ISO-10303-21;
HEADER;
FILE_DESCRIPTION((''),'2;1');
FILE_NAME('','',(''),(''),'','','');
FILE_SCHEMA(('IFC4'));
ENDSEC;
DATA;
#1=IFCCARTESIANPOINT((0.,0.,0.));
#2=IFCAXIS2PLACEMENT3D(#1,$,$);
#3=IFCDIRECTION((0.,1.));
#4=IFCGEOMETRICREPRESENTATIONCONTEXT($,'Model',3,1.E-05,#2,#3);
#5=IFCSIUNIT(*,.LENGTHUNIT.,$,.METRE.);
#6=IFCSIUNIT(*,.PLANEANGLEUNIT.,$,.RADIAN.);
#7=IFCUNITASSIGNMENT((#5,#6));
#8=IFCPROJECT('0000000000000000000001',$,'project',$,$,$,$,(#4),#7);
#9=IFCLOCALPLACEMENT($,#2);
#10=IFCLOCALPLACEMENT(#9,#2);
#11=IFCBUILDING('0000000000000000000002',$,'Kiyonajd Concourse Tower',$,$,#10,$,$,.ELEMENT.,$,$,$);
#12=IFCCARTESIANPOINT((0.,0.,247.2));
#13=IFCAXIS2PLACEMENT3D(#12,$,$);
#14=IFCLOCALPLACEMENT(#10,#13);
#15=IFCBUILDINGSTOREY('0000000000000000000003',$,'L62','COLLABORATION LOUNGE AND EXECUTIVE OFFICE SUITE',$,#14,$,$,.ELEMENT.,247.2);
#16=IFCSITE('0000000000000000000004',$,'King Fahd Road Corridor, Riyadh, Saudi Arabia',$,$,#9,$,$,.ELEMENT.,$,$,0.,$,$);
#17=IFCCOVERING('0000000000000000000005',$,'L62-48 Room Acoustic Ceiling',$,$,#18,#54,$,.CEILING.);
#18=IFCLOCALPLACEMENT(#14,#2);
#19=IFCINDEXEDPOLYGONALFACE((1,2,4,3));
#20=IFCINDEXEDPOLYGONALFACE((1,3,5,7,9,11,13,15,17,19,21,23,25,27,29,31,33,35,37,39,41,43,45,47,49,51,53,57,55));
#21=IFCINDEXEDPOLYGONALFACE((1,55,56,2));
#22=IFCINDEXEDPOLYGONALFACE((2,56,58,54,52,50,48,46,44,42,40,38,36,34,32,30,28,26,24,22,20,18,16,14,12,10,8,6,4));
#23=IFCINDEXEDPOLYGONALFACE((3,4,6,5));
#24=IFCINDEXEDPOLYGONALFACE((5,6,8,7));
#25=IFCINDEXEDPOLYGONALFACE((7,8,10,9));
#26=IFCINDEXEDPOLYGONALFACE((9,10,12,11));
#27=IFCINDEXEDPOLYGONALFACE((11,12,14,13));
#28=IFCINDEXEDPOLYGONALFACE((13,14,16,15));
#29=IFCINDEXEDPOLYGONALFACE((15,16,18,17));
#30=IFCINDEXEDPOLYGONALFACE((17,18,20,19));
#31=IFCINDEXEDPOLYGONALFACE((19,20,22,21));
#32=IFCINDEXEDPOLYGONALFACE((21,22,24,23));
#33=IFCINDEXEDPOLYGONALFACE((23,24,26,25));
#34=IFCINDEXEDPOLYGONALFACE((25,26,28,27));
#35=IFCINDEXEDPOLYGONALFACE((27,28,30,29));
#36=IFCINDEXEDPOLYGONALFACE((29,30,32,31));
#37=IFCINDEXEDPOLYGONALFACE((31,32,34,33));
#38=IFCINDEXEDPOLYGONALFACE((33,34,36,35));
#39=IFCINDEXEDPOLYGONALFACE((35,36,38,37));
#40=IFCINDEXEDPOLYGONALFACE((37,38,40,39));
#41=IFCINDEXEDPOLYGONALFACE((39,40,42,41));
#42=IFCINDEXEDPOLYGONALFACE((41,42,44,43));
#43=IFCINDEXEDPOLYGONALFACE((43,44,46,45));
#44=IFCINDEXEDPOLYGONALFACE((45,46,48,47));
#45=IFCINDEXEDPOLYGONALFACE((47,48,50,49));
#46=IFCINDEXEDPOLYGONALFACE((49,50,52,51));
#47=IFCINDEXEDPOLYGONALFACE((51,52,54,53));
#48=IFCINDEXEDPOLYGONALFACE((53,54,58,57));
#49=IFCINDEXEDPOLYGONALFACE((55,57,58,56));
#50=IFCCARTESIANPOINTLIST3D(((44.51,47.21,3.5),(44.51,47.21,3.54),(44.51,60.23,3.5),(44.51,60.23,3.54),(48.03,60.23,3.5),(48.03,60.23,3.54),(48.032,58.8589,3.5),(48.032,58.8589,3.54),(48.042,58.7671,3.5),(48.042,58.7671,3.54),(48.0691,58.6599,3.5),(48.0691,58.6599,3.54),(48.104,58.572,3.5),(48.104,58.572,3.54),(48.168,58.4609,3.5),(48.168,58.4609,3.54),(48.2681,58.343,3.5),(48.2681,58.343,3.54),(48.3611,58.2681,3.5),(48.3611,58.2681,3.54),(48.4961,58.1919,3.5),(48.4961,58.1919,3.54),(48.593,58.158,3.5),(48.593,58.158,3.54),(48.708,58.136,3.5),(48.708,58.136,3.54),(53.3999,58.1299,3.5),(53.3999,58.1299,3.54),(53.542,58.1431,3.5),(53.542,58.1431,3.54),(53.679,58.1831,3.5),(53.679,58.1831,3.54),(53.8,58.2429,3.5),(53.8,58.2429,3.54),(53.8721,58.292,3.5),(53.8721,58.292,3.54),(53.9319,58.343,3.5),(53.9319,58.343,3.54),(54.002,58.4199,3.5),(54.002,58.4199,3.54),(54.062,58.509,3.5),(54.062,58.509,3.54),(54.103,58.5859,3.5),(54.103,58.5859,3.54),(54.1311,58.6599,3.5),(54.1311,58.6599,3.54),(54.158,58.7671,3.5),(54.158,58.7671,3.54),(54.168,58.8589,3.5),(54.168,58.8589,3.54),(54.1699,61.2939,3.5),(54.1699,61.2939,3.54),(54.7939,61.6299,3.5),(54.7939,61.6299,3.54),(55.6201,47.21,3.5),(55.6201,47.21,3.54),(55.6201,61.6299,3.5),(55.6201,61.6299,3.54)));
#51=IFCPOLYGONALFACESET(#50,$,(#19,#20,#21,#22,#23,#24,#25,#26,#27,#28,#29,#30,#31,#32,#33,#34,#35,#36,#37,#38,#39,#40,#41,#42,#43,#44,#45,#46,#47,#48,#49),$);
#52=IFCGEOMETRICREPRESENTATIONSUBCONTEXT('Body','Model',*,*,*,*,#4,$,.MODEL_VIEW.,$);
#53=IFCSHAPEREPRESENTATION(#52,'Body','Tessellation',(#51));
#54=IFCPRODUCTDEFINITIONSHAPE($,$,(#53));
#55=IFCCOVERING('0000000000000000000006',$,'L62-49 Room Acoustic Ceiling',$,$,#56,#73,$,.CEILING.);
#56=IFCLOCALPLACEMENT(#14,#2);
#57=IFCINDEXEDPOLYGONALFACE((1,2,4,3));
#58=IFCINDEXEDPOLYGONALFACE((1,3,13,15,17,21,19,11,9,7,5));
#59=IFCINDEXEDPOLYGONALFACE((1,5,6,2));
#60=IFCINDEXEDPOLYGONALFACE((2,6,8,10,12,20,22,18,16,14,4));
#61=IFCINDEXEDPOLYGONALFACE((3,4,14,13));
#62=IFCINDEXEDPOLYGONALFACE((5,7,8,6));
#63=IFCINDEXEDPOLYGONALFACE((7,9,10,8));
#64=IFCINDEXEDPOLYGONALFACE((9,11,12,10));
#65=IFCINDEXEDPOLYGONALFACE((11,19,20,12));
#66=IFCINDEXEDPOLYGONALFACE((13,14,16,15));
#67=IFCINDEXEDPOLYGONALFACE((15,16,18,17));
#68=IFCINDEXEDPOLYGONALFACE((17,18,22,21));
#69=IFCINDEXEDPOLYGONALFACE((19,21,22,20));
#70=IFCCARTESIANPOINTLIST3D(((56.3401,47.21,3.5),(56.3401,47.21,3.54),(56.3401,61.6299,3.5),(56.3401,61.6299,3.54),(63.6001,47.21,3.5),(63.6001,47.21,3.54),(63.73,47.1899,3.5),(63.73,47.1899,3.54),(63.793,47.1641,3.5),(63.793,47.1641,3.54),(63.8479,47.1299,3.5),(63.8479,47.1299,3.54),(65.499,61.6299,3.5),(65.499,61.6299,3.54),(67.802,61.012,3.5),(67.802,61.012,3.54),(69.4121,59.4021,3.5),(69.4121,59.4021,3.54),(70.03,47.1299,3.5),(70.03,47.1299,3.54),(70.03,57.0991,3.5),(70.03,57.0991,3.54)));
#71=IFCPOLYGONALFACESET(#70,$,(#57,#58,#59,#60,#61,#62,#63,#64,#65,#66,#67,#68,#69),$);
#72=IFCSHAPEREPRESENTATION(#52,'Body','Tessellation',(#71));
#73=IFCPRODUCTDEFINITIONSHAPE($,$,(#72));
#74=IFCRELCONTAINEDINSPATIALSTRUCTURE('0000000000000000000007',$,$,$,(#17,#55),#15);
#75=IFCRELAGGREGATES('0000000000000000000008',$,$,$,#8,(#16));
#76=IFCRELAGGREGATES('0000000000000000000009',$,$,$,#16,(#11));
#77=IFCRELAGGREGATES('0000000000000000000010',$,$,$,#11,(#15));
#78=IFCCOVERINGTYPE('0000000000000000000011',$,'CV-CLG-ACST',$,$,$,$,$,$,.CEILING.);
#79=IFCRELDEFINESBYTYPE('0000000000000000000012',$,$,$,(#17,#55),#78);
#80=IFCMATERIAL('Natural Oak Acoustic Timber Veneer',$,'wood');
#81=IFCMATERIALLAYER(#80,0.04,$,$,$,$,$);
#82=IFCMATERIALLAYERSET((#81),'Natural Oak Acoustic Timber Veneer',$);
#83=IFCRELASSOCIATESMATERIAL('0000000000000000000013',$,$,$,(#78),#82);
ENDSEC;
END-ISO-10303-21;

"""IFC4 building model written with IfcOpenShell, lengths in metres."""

from ifc_helpers import new_model, si_unit, direction, frame, origin, place, context, subcontext, project, spatial, polyline, outline, extrude, material, layer, layer_set, type_object, element, save


model = new_model("IFC4")

# Units and contexts
model_context = context("Model", 3, precision=1e-05, world=origin(), true_north=direction((0.0, 1.0)))
body_context = subcontext(model_context, "Body", "Model", "MODEL_VIEW")
ifc_project = project(units=[si_unit("LENGTHUNIT", "METRE"), si_unit("PLANEANGLEUNIT", "RADIAN")], contexts=[model_context])

# Site, building, storey
site_placement = place(None, origin())
site = spatial("IfcSite", under=ifc_project, at=site_placement, Name="King Fahd Road Corridor, Riyadh, Saudi Arabia", CompositionType="ELEMENT", RefElevation=0.0)
building_placement = place(site_placement, origin())
building = spatial("IfcBuilding", under=site, at=building_placement, Name="Kiyonajd Concourse Tower", CompositionType="ELEMENT")
storey_placement = place(building_placement, frame((0.0, 0.0, 247.2)))
storey = spatial("IfcBuildingStorey", under=building, at=storey_placement, Name="L62", Description="COLLABORATION LOUNGE AND EXECUTIVE OFFICE SUITE", CompositionType="ELEMENT", Elevation=247.2)

# Shared definitions
ifc_material_1 = material(Name="Natural Oak Acoustic Timber Veneer", Category="wood")

# Coverings
ifc_layer_1 = layer(ifc_material_1, 0.04)
ifc_layer_set_1 = layer_set([ifc_layer_1], Name="Natural Oak Acoustic Timber Veneer")
covering_type = type_object("IfcCoveringType", Name="CV-CLG-ACST", PredefinedType="CEILING", material=ifc_layer_set_1)
covering_1_placement = place(storey_placement, frame((0.0, 0.0, 3.5)))
element("IfcCovering", 1, at=covering_1_placement, inside=storey, type_object=covering_type, Name="L62-48 Room Acoustic Ceiling", PredefinedType="CEILING", context=body_context, shape_type="SweptSolid", body=[
    extrude(outline(polyline([(48.042, 58.7671), (48.0691, 58.6599), (48.104, 58.572), (48.168, 58.4609), (48.2681, 58.343), (48.3611, 58.2681), (48.4961, 58.1919), (48.593, 58.158), (48.708, 58.136), (53.3999, 58.1299), (53.542, 58.1431), (53.679, 58.1831), (53.8, 58.2429), (53.8721, 58.292), (53.9319, 58.343), (54.002, 58.4199), (54.062, 58.509), (54.103, 58.5859), (54.1311, 58.6599), (54.158, 58.7671), (54.168, 58.8589), (54.1699, 61.2939), (54.7939, 61.6299), (55.6201, 61.6299), (55.6201, 47.21), (44.51, 47.21), (44.51, 60.23), (48.03, 60.23), (48.032, 58.8589), (48.042, 58.7671)])), origin(), (0.0, 0.0, 1.0), 0.04),
])
covering_2_placement = place(storey_placement, frame((0.0, 0.0, 3.5)))
element("IfcCovering", 2, at=covering_2_placement, inside=storey, type_object=covering_type, Name="L62-49 Room Acoustic Ceiling", PredefinedType="CEILING", context=body_context, shape_type="SweptSolid", body=[
    extrude(outline(polyline([(63.8479, 47.1299), (63.793, 47.1641), (63.73, 47.1899), (63.6001, 47.21), (56.3401, 47.21), (56.3401, 61.6299), (65.499, 61.6299), (67.802, 61.012), (69.4121, 59.4021), (70.03, 57.0991), (70.03, 47.1299), (63.8479, 47.1299)])), origin(), (0.0, 0.0, 1.0), 0.04),
])

save(model, "model.ifc")
